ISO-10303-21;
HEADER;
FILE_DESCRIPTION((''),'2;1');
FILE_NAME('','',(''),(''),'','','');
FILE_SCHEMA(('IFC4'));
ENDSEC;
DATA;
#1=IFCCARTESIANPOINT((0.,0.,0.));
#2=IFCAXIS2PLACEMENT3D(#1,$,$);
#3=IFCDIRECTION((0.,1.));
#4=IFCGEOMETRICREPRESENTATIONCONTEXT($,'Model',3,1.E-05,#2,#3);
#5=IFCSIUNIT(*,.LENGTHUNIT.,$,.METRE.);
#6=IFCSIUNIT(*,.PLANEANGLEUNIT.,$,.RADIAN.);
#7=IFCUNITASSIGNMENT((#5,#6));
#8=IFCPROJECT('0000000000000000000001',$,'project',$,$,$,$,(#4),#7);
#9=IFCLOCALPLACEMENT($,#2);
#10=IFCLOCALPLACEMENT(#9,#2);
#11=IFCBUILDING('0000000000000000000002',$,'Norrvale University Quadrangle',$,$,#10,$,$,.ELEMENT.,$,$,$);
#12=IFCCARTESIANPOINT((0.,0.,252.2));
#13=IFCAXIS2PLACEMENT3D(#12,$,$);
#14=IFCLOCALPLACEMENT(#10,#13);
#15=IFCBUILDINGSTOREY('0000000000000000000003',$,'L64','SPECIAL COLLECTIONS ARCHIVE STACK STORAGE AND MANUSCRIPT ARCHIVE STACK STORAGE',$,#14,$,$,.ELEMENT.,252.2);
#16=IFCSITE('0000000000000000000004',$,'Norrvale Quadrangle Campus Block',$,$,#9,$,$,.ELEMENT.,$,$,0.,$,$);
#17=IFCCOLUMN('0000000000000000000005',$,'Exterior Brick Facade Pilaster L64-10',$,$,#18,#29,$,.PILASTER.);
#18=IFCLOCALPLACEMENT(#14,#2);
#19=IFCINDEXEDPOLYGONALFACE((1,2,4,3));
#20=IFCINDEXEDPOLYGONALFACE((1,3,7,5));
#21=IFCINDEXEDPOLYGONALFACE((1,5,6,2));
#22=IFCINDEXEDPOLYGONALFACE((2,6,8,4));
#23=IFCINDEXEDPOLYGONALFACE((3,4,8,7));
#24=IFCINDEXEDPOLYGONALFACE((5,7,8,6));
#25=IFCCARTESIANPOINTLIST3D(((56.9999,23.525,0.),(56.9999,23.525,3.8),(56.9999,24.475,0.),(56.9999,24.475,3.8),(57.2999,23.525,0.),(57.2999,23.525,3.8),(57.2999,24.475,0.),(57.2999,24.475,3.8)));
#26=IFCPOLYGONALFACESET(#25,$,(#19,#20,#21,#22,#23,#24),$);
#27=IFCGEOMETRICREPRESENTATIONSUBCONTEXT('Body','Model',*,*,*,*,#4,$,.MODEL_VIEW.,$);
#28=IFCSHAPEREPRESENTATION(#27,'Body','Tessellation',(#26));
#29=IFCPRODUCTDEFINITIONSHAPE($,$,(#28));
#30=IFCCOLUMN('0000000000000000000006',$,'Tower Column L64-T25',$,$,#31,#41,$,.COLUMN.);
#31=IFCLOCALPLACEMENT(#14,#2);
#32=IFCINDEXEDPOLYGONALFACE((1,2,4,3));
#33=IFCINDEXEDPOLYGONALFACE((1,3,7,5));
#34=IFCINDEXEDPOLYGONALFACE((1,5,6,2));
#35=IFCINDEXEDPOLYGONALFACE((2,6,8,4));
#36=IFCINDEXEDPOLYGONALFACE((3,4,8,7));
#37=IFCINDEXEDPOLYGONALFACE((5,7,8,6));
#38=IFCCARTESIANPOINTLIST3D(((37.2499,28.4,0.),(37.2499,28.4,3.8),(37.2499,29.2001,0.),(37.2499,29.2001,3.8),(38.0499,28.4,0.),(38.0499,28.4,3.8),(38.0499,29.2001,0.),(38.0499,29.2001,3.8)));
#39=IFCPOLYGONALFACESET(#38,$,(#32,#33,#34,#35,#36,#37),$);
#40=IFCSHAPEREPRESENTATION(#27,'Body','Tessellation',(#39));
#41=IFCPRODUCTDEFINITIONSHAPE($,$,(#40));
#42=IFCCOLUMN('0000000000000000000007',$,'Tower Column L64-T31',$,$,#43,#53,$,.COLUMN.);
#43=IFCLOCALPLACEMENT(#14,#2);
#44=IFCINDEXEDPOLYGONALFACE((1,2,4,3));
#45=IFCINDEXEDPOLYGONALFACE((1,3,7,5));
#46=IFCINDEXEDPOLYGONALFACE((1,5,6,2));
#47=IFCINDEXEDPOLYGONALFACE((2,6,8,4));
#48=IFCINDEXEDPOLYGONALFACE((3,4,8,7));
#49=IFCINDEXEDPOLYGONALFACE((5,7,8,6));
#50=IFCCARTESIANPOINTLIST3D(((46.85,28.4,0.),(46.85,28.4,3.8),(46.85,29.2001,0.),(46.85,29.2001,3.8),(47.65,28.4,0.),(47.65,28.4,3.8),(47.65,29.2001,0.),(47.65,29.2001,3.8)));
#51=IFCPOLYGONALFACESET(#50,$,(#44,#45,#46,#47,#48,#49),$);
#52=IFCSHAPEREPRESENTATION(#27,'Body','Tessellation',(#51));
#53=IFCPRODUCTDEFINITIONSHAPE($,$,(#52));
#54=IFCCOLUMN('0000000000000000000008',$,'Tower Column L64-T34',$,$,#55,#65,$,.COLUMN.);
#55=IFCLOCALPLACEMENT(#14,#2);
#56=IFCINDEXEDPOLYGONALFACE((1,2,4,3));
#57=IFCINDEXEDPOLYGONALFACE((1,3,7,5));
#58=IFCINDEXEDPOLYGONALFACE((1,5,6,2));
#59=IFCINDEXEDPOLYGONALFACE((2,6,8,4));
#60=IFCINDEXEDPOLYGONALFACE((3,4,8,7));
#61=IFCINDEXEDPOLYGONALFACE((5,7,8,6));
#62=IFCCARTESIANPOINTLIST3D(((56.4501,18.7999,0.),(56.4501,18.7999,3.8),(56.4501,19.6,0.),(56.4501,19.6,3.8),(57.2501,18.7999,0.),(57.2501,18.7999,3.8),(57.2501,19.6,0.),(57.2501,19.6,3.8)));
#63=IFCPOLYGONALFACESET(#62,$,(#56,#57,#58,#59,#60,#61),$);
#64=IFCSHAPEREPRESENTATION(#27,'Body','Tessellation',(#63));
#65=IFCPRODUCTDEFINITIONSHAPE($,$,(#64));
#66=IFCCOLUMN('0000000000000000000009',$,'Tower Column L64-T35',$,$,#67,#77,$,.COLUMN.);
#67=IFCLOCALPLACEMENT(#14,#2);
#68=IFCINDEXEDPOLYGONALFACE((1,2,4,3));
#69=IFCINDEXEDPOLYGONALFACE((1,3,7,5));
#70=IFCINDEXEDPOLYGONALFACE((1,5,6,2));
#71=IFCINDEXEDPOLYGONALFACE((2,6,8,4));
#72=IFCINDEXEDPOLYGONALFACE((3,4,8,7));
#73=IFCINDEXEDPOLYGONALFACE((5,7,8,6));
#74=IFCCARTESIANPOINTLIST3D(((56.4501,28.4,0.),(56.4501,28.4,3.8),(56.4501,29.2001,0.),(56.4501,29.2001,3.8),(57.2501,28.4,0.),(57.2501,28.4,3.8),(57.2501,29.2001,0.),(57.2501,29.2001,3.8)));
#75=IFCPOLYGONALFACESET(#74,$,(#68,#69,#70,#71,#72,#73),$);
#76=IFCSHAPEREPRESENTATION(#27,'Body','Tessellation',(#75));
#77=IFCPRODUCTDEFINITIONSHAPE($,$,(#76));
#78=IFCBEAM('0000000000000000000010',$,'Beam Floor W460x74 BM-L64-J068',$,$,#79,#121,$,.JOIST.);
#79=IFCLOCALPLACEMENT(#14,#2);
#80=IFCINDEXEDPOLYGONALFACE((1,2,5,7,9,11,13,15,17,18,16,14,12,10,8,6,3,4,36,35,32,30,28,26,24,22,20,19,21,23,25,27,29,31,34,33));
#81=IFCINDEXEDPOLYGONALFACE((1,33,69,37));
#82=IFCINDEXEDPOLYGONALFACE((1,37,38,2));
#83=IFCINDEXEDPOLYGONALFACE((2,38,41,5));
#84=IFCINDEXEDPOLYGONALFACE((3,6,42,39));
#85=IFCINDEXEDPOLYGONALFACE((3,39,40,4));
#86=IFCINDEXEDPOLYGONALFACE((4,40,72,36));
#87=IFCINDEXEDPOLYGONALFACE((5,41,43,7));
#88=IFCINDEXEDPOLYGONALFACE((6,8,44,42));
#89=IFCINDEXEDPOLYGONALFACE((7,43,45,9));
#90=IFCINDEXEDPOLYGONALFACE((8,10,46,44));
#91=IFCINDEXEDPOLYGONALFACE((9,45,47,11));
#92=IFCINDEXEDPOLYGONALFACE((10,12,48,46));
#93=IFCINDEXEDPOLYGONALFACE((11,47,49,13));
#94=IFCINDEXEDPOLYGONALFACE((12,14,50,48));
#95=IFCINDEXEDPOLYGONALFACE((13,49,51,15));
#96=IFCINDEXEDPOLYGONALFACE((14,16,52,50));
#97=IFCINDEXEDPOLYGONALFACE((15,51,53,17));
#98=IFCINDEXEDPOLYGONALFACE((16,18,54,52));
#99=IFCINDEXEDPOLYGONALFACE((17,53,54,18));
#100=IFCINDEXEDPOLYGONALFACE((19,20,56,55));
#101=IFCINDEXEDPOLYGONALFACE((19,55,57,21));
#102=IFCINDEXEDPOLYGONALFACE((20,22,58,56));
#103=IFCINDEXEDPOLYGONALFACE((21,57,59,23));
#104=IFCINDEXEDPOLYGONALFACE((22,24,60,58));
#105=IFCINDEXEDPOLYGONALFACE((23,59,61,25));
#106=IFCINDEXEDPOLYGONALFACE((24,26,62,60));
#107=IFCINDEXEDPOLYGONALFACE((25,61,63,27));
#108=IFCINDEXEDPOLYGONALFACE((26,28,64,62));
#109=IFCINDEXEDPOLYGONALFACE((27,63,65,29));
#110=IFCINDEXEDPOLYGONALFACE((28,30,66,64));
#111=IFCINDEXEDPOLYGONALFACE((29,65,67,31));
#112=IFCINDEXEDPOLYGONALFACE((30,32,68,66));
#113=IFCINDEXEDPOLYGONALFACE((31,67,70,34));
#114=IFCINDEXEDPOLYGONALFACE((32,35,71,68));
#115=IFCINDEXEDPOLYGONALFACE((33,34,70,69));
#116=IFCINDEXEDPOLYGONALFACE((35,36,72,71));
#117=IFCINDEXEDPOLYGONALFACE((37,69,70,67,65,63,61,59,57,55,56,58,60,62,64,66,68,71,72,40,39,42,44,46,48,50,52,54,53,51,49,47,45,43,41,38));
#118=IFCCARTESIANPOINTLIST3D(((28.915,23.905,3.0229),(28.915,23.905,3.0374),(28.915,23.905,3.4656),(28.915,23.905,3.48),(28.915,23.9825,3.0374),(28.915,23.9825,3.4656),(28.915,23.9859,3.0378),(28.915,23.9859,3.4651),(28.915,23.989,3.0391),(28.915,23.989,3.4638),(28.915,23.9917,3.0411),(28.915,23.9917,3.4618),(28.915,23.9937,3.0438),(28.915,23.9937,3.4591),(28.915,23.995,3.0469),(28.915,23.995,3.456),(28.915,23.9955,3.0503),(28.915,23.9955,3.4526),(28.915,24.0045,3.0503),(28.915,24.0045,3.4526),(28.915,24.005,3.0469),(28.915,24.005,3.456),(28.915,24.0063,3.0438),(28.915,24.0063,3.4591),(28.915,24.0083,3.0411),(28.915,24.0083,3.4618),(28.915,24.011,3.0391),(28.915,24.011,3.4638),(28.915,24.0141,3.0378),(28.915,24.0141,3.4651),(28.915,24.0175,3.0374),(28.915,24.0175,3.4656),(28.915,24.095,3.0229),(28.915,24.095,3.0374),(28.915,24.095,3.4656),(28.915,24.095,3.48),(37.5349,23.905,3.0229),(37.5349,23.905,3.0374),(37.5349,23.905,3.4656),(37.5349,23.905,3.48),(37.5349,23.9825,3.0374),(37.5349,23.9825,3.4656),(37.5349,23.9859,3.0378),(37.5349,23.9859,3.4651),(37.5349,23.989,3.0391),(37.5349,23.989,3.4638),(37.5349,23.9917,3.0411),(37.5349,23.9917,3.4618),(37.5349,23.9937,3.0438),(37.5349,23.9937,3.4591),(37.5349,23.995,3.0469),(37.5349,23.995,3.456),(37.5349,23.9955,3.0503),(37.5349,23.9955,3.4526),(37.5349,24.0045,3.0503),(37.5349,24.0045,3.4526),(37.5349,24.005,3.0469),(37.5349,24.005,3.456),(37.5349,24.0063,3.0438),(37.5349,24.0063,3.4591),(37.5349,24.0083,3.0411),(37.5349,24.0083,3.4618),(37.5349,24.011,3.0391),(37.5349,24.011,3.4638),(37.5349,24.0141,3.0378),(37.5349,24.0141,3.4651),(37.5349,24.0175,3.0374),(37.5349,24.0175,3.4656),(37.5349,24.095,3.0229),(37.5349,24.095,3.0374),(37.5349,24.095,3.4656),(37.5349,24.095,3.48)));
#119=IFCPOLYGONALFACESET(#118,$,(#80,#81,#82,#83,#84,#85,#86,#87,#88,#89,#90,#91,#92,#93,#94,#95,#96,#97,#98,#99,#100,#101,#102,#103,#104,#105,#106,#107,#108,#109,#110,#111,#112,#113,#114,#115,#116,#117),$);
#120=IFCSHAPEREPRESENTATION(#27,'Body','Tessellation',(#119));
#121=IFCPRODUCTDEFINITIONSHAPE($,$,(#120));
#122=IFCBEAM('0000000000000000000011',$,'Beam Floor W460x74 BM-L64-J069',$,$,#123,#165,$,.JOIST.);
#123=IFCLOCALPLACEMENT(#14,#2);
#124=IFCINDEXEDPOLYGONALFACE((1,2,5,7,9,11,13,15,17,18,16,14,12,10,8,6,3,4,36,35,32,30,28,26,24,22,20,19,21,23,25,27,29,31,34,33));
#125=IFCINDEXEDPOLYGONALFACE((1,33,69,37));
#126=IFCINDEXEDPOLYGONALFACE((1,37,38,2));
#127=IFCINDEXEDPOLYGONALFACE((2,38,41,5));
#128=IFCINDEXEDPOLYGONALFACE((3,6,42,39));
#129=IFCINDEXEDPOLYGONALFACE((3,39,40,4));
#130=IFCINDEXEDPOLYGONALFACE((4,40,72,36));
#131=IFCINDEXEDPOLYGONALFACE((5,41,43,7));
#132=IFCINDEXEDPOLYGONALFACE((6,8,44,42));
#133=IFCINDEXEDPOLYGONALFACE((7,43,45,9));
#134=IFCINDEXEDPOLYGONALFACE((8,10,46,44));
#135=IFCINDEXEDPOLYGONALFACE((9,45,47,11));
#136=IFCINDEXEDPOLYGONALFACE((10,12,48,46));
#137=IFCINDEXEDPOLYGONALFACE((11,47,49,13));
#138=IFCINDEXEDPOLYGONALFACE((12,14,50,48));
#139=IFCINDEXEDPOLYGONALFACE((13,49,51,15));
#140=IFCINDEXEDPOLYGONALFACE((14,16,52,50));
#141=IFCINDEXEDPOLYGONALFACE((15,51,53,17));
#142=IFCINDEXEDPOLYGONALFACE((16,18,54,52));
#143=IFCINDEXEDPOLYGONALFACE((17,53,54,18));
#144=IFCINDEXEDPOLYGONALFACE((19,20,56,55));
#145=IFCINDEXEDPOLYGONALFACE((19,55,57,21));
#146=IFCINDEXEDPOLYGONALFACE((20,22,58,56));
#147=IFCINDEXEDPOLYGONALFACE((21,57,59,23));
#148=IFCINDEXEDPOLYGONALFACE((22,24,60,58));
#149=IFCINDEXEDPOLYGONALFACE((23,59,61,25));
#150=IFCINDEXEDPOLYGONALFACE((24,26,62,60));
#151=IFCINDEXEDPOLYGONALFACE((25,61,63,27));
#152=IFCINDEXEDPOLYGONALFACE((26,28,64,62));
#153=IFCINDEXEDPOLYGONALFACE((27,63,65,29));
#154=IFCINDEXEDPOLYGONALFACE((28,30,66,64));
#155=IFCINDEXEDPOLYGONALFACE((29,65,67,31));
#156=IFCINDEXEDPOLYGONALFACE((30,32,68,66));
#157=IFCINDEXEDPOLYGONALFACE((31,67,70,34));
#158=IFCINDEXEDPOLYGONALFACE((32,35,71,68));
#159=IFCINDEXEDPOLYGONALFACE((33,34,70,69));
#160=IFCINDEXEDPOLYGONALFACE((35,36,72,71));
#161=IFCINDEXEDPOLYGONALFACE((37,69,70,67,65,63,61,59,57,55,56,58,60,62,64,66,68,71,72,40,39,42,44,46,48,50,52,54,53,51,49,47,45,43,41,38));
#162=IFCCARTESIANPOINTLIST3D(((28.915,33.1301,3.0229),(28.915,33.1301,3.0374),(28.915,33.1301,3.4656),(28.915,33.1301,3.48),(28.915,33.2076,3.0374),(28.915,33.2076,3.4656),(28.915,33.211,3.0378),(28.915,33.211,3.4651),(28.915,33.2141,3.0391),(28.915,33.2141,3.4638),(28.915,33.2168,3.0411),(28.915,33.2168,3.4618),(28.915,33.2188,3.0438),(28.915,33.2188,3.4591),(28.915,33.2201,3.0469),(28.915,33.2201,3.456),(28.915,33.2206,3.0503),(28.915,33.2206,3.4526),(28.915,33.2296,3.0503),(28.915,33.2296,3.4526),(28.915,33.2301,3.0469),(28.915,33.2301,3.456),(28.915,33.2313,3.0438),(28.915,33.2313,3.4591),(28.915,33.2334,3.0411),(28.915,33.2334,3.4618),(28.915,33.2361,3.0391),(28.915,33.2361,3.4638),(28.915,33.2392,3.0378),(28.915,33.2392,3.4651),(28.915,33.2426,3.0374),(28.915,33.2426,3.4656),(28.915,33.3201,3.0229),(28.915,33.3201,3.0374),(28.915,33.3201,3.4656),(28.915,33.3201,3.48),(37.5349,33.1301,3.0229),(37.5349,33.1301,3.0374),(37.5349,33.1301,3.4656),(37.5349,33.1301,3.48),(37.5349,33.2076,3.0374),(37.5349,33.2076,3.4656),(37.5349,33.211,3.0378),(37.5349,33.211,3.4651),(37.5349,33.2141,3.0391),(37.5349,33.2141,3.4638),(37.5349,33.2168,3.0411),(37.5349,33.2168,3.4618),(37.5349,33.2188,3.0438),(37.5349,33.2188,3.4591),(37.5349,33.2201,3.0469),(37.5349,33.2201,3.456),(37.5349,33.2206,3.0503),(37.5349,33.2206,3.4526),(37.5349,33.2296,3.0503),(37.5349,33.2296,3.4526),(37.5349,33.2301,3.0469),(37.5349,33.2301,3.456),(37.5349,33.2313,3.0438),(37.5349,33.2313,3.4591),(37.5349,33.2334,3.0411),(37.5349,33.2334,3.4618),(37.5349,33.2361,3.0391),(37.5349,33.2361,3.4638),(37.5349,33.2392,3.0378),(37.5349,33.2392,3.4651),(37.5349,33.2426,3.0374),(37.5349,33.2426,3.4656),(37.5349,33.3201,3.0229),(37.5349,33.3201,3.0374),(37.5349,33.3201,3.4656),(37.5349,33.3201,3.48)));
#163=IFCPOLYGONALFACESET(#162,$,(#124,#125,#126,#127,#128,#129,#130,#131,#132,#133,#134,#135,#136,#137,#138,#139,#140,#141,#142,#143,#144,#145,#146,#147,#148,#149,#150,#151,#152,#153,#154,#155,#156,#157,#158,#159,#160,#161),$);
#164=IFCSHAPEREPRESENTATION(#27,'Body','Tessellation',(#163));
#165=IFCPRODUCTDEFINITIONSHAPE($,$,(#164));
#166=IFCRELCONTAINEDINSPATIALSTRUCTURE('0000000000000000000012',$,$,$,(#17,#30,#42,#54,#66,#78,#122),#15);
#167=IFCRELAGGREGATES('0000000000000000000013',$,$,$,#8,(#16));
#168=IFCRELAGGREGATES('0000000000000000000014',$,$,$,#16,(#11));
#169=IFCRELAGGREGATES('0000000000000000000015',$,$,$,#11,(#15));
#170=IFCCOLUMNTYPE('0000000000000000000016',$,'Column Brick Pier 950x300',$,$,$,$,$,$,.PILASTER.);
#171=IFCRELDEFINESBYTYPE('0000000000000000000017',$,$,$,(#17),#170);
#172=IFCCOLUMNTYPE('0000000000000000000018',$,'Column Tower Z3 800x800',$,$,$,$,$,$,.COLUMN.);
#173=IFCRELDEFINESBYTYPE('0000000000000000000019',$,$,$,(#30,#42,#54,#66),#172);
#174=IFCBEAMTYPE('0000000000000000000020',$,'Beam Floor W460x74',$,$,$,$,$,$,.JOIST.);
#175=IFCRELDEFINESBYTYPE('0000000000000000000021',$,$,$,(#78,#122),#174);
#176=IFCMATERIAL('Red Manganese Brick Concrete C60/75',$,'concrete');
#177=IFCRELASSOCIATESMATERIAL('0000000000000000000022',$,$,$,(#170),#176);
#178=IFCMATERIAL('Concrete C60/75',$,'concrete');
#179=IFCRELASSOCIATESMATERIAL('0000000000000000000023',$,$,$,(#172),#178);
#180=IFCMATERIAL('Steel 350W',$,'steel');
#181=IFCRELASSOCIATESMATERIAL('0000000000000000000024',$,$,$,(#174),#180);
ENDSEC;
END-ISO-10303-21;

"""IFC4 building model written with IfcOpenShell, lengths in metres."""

from ifc_helpers import new_model, si_unit, direction, frame, origin, origin_2d, place, context, subcontext, project, spatial, rectangle, i_section, extrude, material, material_profile, profile_set, type_object, element, save


model = new_model("IFC4")

# Units and contexts
model_context = context("Model", 3, precision=1e-05, world=origin(), true_north=direction((0.0, 1.0)))
body_context = subcontext(model_context, "Body", "Model", "MODEL_VIEW")
ifc_project = project(units=[si_unit("LENGTHUNIT", "METRE"), si_unit("PLANEANGLEUNIT", "RADIAN")], contexts=[model_context])

# Site, building, storey
site_placement = place(None, origin())
site = spatial("IfcSite", under=ifc_project, at=site_placement, Name="Norrvale Quadrangle Campus Block", CompositionType="ELEMENT", RefElevation=0.0)
building_placement = place(site_placement, origin())
building = spatial("IfcBuilding", under=site, at=building_placement, Name="Norrvale University Quadrangle", CompositionType="ELEMENT")
storey_placement = place(building_placement, frame((0.0, 0.0, 252.2)))
storey = spatial("IfcBuildingStorey", under=building, at=storey_placement, Name="L64", Description="SPECIAL COLLECTIONS ARCHIVE STACK STORAGE AND MANUSCRIPT ARCHIVE STACK STORAGE", CompositionType="ELEMENT", Elevation=252.2)

# Columns
ifc_material_1 = material(Name="Red Manganese Brick Concrete C60/75", Category="concrete")
ifc_material_profile_1 = material_profile(ifc_material_1, rectangle(XDim=0.95, YDim=0.3, at=origin_2d()), Name="Red Manganese Brick Concrete C60/75")
ifc_profile_set_1 = profile_set([ifc_material_profile_1], Name="Red Manganese Brick Concrete C60/75")
column_type_1 = type_object("IfcColumnType", Name="Column Brick Pier 950x300", PredefinedType="PILASTER", material=ifc_profile_set_1)
column_placement = place(storey_placement, frame((57.1499, 24.0, 0.0), z_axis=(0.0, 0.0, 1.0), x_axis=(0.0, 1.0, 0.0)))
element("IfcColumn", 1, at=column_placement, inside=storey, type_object=column_type_1, Name="Exterior Brick Facade Pilaster L64-10", PredefinedType="PILASTER", context=body_context, shape_type="SweptSolid", body=[
    extrude(rectangle(XDim=0.95, YDim=0.3, at=origin_2d()), origin(), (0.0, 0.0, 1.0), 3.8),
])
ifc_material_2 = material(Name="Concrete C60/75", Category="concrete")
ifc_material_profile_2 = material_profile(ifc_material_2, rectangle(XDim=0.8, YDim=0.8, at=origin_2d()), Name="Concrete C60/75")
ifc_profile_set_2 = profile_set([ifc_material_profile_2], Name="Concrete C60/75")
column_type_2 = type_object("IfcColumnType", Name="Column Tower Z3 800x800", PredefinedType="COLUMN", material=ifc_profile_set_2)
for number, where, z_axis, x_axis, name in (
    (2, (37.6499, 28.8, 0.0), (0.0, 0.0, 1.0), (1.0, 0.0, 0.0), "Tower Column L64-T25"),
    (3, (47.25, 28.8, 0.0), (0.0, 0.0, 1.0), (1.0, 0.0, 0.0), "Tower Column L64-T31"),
    (4, (56.8501, 19.2, 0.0), (0.0, 0.0, 1.0), (1.0, 0.0, 0.0), "Tower Column L64-T34"),
    (5, (56.8501, 28.8, 0.0), (0.0, 0.0, 1.0), (1.0, 0.0, 0.0), "Tower Column L64-T35"),
):
    element("IfcColumn", number, at=place(storey_placement, frame(where, z_axis=z_axis, x_axis=x_axis)), inside=storey, type_object=column_type_2, Name=name, PredefinedType="COLUMN", context=body_context, shape_type="SweptSolid", body=[
        extrude(rectangle(XDim=0.8, YDim=0.8, at=origin_2d()), origin(), (0.0, 0.0, 1.0), 3.8),
    ])

# Beams
ifc_material_3 = material(Name="Steel 350W", Category="steel")
ifc_material_profile_3 = material_profile(ifc_material_3, i_section(OverallWidth=0.1899, OverallDepth=0.457, WebThickness=0.009, FlangeThickness=0.0144, FilletRadius=0.0129, at=origin_2d()), Name="Steel 350W")
ifc_profile_set_3 = profile_set([ifc_material_profile_3], Name="Steel 350W")
beam_type_1 = type_object("IfcBeamType", Name="Beam Floor W460x74", PredefinedType="JOIST", material=ifc_profile_set_3)
for number, where, z_axis, x_axis, name in (
    (6, (28.915, 24.0, 3.2515), (1.0, 0.0, 0.0), (0.0, 1.0, 0.0), "Beam Floor W460x74 BM-L64-J068"),
    (7, (28.915, 33.2251, 3.2515), (1.0, 0.0, 0.0), (0.0, 1.0, 0.0), "Beam Floor W460x74 BM-L64-J069"),
):
    element("IfcBeam", number, at=place(storey_placement, frame(where, z_axis=z_axis, x_axis=x_axis)), inside=storey, type_object=beam_type_1, Name=name, PredefinedType="JOIST", context=body_context, shape_type="SweptSolid", body=[
        extrude(i_section(OverallWidth=0.1899, OverallDepth=0.457, WebThickness=0.009, FlangeThickness=0.0144, FilletRadius=0.0129, at=origin_2d()), origin(), (0.0, 0.0, 1.0), 8.6199),
    ])

save(model, "model.ifc")
